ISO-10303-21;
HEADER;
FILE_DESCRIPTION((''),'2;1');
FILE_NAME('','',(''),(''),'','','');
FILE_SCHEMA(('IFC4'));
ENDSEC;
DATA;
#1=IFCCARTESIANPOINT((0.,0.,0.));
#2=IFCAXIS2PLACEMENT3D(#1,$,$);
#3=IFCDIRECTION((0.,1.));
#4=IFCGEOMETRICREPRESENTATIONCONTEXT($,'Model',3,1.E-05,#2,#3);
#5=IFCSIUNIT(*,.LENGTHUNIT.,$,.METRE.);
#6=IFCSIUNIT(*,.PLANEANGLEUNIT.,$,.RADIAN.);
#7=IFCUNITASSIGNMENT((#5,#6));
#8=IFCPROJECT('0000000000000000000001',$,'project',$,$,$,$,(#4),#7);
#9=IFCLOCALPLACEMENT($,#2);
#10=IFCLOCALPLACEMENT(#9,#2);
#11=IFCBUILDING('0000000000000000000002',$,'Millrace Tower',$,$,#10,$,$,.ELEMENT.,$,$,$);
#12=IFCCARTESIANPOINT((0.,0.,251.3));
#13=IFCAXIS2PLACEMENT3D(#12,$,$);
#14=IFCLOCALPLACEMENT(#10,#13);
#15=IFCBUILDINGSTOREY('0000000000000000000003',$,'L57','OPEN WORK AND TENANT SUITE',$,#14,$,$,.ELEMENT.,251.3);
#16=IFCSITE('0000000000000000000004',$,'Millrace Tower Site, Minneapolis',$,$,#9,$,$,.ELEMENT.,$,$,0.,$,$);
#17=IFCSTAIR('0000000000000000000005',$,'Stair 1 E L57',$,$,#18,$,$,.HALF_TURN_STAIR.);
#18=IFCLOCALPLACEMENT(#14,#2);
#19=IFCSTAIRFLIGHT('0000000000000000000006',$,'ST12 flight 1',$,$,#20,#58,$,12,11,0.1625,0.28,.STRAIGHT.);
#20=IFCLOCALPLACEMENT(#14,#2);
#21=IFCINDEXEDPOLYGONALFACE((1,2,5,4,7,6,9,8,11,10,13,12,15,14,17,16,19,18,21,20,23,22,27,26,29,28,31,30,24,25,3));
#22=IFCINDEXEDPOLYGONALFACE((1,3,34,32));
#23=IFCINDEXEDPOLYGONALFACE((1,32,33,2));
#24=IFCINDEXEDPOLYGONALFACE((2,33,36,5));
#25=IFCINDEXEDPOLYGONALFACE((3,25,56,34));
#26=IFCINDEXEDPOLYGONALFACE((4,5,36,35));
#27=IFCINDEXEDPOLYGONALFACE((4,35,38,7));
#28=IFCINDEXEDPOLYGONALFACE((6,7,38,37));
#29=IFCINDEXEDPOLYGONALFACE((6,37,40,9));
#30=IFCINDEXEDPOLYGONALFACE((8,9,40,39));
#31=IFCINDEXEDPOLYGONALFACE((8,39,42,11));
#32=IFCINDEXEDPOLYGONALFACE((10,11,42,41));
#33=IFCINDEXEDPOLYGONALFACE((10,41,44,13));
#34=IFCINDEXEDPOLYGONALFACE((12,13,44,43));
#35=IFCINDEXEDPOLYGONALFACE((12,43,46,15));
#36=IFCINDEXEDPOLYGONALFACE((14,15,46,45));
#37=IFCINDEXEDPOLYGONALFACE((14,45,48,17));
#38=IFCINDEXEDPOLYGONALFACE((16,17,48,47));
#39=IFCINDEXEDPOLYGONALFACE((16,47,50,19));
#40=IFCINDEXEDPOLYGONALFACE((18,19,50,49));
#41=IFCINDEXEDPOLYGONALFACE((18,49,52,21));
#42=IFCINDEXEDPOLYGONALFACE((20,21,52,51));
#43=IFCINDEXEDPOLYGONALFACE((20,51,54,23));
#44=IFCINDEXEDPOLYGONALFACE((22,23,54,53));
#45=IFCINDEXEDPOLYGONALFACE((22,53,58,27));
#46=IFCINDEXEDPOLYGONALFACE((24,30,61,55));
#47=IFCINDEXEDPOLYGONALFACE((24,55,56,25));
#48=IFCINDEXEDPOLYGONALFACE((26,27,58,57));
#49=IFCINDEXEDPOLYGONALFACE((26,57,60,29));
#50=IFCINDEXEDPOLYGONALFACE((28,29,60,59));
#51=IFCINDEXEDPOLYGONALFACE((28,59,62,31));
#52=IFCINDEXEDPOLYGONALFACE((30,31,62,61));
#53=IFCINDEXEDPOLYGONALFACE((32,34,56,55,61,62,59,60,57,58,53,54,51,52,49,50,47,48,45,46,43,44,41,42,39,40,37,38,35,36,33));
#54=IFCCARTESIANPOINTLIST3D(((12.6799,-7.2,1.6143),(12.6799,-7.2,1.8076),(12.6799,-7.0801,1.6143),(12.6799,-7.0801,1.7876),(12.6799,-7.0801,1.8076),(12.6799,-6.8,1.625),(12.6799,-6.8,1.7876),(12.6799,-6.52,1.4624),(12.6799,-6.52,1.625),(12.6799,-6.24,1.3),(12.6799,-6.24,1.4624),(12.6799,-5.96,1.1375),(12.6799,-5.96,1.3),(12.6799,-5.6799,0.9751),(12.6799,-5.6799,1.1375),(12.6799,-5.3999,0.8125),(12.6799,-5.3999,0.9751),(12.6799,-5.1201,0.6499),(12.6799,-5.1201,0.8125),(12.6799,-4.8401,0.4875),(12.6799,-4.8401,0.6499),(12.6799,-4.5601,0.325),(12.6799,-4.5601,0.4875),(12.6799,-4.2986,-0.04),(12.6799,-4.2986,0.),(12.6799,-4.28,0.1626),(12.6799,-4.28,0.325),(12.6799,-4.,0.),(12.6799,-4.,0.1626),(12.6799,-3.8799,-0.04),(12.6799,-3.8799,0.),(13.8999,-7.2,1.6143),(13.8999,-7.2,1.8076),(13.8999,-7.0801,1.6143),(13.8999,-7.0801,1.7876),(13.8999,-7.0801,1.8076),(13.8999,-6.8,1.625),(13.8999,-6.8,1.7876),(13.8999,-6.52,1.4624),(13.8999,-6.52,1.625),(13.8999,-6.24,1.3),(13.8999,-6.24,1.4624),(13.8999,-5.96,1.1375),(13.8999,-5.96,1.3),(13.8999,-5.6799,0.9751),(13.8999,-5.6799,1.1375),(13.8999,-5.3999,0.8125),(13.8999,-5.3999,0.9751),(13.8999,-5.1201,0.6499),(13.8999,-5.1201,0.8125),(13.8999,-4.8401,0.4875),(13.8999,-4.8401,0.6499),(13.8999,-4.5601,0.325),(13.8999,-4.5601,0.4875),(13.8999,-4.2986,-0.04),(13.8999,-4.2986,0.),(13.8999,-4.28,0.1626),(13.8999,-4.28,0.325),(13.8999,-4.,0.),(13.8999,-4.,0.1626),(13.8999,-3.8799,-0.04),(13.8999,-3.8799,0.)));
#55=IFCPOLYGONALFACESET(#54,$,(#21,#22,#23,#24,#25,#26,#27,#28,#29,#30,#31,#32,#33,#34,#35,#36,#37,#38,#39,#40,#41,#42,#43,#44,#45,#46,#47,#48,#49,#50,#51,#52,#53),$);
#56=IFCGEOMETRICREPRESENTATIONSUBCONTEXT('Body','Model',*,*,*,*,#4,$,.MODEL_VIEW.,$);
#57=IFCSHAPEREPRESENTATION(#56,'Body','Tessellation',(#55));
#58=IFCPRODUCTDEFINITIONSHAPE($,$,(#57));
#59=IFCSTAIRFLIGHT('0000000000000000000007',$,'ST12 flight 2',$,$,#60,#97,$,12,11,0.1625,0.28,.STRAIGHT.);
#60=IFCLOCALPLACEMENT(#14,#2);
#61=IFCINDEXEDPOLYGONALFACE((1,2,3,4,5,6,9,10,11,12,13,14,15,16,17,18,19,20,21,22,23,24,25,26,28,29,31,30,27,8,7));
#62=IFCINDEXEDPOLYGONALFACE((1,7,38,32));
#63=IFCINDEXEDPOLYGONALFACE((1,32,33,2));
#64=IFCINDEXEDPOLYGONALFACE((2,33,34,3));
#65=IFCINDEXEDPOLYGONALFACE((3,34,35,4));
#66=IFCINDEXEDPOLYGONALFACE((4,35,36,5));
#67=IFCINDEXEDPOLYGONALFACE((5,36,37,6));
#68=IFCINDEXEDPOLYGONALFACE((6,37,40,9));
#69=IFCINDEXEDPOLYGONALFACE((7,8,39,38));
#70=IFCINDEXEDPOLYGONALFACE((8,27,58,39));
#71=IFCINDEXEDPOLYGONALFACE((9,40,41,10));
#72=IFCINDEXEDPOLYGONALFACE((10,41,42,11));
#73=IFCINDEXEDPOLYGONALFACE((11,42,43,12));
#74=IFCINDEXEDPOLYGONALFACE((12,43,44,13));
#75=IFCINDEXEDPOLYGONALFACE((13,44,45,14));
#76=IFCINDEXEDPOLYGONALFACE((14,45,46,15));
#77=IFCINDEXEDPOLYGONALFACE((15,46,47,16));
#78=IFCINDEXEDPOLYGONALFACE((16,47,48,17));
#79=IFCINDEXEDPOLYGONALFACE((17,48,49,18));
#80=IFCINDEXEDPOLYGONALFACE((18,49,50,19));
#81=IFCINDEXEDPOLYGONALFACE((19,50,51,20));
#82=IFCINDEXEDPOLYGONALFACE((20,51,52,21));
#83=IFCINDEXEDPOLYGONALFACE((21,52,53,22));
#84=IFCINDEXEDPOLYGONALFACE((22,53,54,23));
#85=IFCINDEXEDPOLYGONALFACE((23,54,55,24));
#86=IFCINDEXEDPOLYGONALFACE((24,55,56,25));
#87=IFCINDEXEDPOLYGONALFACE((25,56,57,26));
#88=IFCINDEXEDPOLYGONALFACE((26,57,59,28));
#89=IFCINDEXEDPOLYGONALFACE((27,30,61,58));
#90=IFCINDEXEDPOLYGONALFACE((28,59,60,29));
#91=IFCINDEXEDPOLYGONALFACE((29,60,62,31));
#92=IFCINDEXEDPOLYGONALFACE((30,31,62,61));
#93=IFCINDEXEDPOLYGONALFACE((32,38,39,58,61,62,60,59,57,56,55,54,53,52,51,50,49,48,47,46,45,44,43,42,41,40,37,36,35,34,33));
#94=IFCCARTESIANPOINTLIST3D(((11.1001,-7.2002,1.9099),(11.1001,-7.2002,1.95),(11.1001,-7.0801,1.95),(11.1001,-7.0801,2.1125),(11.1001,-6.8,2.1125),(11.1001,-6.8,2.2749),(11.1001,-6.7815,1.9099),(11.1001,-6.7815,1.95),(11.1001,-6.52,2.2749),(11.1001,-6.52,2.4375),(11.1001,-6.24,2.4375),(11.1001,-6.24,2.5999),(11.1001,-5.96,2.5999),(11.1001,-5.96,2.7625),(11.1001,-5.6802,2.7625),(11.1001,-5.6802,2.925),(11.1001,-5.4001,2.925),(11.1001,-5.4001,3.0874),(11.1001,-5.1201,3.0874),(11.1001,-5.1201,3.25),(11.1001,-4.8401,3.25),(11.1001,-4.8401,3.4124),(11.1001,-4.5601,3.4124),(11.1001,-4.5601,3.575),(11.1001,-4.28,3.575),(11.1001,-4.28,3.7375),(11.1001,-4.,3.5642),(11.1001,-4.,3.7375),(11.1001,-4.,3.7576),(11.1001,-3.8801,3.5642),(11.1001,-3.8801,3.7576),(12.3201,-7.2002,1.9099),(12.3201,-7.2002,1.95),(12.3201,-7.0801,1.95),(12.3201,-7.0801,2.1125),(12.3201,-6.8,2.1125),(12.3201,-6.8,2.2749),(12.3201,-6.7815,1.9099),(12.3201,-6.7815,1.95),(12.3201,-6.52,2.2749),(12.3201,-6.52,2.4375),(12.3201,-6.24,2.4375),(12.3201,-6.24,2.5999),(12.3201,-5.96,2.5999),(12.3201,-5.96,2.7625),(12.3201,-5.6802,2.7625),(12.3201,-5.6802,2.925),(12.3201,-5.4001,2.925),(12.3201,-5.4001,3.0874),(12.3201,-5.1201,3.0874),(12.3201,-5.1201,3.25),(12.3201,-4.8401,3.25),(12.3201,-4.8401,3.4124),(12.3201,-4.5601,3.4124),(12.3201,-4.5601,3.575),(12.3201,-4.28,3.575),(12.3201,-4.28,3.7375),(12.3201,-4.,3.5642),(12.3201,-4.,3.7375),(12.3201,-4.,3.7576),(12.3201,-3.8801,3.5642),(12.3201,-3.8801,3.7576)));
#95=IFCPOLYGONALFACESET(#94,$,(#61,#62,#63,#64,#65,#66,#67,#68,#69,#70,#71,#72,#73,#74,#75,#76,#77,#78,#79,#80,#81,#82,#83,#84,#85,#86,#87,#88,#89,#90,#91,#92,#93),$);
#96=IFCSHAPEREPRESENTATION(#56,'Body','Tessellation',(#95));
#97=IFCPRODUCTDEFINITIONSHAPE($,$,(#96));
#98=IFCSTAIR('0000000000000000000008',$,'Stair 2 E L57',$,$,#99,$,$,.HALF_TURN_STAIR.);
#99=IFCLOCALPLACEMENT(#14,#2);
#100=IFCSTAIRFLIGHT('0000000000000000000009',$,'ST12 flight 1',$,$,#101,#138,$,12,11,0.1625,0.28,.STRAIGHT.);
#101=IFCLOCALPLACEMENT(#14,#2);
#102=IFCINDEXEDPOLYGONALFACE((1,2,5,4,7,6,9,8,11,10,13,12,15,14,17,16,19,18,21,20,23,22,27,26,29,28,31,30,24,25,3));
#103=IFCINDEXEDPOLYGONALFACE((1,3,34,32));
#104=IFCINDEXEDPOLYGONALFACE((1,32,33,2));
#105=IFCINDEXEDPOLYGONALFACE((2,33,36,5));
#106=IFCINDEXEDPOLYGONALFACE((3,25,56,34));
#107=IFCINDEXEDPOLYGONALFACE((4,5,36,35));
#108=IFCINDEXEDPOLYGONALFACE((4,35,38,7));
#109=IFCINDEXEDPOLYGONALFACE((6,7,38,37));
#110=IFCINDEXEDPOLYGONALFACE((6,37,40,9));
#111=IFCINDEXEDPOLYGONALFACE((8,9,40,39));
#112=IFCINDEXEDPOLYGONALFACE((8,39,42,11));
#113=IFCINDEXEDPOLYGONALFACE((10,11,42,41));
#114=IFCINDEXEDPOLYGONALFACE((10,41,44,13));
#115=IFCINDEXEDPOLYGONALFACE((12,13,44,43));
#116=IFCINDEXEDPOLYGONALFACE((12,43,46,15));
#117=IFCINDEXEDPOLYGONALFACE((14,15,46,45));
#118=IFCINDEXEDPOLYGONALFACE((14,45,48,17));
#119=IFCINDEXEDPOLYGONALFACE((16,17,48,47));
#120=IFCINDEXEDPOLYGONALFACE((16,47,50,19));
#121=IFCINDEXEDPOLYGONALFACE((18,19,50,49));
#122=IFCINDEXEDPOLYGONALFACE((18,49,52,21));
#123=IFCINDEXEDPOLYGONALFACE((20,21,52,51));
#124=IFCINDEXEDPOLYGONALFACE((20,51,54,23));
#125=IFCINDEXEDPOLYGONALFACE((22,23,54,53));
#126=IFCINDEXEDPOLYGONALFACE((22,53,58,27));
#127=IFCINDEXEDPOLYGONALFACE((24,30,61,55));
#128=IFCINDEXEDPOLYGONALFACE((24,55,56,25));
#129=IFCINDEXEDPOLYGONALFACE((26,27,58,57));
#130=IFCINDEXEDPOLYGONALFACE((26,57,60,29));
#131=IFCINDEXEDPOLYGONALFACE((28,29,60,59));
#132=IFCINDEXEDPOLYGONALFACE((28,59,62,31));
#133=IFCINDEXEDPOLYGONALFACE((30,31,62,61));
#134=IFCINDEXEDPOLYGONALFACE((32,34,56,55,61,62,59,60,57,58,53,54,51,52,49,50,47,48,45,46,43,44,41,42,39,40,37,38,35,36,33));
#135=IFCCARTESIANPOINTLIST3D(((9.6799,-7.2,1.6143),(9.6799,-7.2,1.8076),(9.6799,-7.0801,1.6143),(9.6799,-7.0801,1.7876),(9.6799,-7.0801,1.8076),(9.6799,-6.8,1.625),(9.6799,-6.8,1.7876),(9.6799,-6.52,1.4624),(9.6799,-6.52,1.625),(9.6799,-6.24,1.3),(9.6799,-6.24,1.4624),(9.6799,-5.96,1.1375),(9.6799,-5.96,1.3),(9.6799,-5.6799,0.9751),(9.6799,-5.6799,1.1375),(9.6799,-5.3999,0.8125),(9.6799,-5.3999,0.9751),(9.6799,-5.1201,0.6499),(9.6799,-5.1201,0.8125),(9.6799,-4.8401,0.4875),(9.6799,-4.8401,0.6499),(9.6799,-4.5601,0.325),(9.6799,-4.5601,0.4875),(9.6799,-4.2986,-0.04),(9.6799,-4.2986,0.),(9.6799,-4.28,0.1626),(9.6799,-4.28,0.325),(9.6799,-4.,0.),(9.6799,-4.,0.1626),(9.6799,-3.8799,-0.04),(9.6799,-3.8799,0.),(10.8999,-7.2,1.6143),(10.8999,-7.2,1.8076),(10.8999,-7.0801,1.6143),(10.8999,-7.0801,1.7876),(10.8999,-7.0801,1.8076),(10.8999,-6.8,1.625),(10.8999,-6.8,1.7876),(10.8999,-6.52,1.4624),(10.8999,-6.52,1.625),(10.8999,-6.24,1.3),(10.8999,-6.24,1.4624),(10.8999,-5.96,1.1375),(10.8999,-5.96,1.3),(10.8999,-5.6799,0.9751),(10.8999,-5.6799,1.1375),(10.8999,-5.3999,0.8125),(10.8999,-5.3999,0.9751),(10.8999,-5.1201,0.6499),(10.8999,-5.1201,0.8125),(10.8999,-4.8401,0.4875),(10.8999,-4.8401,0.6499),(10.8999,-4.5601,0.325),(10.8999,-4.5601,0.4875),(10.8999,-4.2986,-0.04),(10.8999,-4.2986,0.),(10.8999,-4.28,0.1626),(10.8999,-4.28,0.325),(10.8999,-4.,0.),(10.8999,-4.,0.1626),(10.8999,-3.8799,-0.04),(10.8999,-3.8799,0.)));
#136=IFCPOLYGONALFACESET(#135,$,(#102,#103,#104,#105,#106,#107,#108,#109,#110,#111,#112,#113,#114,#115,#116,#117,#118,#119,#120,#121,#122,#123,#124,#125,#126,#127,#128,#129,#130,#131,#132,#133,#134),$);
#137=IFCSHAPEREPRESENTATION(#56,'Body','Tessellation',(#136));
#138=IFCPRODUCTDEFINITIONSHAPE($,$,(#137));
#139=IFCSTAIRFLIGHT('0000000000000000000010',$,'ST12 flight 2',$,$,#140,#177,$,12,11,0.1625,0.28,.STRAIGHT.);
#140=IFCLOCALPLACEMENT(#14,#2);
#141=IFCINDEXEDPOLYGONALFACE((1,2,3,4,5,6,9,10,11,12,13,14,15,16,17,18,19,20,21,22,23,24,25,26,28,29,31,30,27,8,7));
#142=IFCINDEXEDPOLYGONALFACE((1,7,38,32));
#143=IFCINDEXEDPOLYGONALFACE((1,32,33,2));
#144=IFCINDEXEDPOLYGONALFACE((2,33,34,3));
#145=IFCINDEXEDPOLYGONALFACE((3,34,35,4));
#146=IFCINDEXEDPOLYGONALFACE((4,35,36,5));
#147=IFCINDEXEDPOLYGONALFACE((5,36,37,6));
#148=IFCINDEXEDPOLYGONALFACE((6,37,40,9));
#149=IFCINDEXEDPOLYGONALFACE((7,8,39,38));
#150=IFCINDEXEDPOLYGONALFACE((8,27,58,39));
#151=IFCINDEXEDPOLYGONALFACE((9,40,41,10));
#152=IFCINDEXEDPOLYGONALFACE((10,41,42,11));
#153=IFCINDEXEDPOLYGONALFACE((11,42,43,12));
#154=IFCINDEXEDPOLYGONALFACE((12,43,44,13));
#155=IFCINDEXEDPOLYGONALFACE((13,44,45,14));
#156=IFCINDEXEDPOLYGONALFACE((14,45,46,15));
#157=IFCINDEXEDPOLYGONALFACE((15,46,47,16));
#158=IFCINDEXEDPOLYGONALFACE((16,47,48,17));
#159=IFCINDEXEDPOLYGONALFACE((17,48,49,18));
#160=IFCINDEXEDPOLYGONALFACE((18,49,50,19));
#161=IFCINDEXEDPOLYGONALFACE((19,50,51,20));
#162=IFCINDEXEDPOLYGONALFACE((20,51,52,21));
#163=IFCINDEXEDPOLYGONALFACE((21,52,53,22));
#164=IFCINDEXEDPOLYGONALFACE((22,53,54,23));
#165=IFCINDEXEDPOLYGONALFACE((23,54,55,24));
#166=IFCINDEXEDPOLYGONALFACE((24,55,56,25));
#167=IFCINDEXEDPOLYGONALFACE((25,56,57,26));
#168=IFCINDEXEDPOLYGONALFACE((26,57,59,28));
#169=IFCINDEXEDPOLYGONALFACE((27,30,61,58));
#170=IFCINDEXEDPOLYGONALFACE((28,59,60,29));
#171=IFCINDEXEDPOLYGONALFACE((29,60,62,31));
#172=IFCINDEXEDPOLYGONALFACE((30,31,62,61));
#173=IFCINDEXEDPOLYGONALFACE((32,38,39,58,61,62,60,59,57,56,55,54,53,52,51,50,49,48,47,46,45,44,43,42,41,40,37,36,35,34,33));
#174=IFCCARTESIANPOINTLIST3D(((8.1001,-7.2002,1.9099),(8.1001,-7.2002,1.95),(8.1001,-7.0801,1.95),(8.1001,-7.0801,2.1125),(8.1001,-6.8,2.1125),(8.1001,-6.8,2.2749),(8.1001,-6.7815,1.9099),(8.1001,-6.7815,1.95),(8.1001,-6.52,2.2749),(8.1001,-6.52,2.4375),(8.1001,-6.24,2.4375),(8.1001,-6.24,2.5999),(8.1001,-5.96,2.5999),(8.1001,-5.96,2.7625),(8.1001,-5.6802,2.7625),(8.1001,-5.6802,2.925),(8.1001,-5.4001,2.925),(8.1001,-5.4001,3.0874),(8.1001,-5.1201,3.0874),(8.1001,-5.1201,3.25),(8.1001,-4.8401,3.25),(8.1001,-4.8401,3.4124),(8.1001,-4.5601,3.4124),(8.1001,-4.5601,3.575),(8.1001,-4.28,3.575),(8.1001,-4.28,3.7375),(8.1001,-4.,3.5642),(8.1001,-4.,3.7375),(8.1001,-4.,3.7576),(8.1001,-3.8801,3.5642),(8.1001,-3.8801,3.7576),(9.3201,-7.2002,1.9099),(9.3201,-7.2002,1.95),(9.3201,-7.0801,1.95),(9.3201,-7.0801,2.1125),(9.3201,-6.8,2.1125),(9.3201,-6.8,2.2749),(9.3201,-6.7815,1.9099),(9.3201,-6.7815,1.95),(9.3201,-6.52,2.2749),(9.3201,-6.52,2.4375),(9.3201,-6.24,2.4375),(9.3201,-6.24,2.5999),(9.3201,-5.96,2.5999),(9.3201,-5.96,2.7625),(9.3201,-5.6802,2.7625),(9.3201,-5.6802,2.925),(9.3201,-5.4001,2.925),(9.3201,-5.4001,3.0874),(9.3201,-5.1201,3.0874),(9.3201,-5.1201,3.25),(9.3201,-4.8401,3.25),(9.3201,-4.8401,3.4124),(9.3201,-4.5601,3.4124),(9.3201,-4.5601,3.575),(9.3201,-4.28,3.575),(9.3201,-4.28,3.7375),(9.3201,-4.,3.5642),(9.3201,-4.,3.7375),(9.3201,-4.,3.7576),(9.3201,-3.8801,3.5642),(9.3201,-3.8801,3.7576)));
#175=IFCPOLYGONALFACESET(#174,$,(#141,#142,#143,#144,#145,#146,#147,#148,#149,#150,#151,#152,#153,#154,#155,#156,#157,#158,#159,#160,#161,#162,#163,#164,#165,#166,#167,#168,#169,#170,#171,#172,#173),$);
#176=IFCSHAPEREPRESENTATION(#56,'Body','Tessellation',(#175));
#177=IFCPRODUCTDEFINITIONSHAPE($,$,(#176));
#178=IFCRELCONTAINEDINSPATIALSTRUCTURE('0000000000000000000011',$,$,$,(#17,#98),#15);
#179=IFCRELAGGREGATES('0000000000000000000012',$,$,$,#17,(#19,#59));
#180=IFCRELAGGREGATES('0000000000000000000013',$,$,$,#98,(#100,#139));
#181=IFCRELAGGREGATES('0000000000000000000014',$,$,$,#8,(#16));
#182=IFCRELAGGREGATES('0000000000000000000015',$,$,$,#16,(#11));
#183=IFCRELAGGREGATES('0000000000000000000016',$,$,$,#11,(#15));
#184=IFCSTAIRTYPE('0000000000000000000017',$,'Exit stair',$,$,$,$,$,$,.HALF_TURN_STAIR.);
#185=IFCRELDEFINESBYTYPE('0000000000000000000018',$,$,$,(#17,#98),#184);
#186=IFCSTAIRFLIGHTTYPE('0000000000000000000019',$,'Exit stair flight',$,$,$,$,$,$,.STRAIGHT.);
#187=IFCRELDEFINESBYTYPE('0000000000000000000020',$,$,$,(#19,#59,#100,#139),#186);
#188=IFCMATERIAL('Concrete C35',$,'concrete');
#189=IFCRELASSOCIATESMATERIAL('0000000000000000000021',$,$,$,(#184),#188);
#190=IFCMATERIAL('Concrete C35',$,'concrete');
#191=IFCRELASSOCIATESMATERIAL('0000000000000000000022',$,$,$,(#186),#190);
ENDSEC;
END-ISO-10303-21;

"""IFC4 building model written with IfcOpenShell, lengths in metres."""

from ifc_helpers import new_model, si_unit, direction, frame, origin, place, context, subcontext, project, spatial, polyline, outline, extrude, material, type_object, element, aggregate, save


model = new_model("IFC4")

# Units and contexts
model_context = context("Model", 3, precision=1e-05, world=origin(), true_north=direction((0.0, 1.0)))
body_context = subcontext(model_context, "Body", "Model", "MODEL_VIEW")
ifc_project = project(units=[si_unit("LENGTHUNIT", "METRE"), si_unit("PLANEANGLEUNIT", "RADIAN")], contexts=[model_context])

# Site, building, storey
site_placement = place(None, origin())
site = spatial("IfcSite", under=ifc_project, at=site_placement, Name="Millrace Tower Site, Minneapolis", CompositionType="ELEMENT", RefElevation=0.0)
building_placement = place(site_placement, origin())
building = spatial("IfcBuilding", under=site, at=building_placement, Name="Millrace Tower", CompositionType="ELEMENT")
storey_placement = place(building_placement, frame((0.0, 0.0, 251.3)))
storey = spatial("IfcBuildingStorey", under=building, at=storey_placement, Name="L57", Description="OPEN WORK AND TENANT SUITE", CompositionType="ELEMENT", Elevation=251.3)

# Shared definitions
placement = place(storey_placement, origin())

# Stairs, stair flights
ifc_material_1 = material(Name="Concrete C35", Category="concrete")
stair_type = type_object("IfcStairType", Name="Exit stair", PredefinedType="HALF_TURN_STAIR", material=ifc_material_1)
stair_1 = element("IfcStair", 1, at=placement, inside=storey, type_object=stair_type, Name="Stair 1 E L57", PredefinedType="HALF_TURN_STAIR")
ifc_material_2 = material(Name="Concrete C35", Category="concrete")
stair_flight_type = type_object("IfcStairFlightType", Name="Exit stair flight", PredefinedType="STRAIGHT", material=ifc_material_2)
stair_flight_1_placement = place(storey_placement, frame((13.29, -4.0, 0.0), z_axis=(0.0, 0.0, 1.0), x_axis=(0.0, -1.0, 0.0)))
stair_flight_1 = element("IfcStairFlight", 2, at=stair_flight_1_placement, type_object=stair_flight_type, Name="ST12 flight 1", NumberOfRisers=12, NumberOfTreads=11, PredefinedType="STRAIGHT", RiserHeight=0.1625, TreadLength=0.28, context=body_context, shape_type="SweptSolid", body=[
    extrude(outline(polyline([(-0.1201, -0.04), (-0.1201, 0.0), (0.0, 0.0), (0.0, 0.1626), (0.28, 0.1626), (0.28, 0.325), (0.5601, 0.325), (0.5601, 0.4875), (0.8401, 0.4875), (0.8401, 0.6499), (1.1201, 0.6499), (1.1201, 0.8125), (1.3999, 0.8125), (1.3999, 0.9751), (1.6799, 0.9751), (1.6799, 1.1375), (1.96, 1.1375), (1.96, 1.3), (2.24, 1.3), (2.24, 1.4624), (2.52, 1.4624), (2.52, 1.625), (2.8, 1.625), (2.8, 1.7876), (3.0801, 1.7876), (3.0801, 1.8076), (3.2, 1.8076), (3.2, 1.6143), (3.0801, 1.6143), (0.2986, 0.0), (0.2986, -0.04), (-0.1201, -0.04)])), frame((0.0, 0.6099, 0.0), z_axis=(0.0, -1.0, 0.0), x_axis=(1.0, 0.0, 0.0)), (0.0, 0.0, 1.0), 1.22),
])
stair_flight_2_placement = place(storey_placement, frame((11.71, -7.0801, 1.95), z_axis=(0.0, 0.0, 1.0), x_axis=(0.0, 1.0, 0.0)))
stair_flight_2 = element("IfcStairFlight", 3, at=stair_flight_2_placement, type_object=stair_flight_type, Name="ST12 flight 2", NumberOfRisers=12, NumberOfTreads=11, PredefinedType="STRAIGHT", RiserHeight=0.1625, TreadLength=0.28, context=body_context, shape_type="SweptSolid", body=[
    extrude(outline(polyline([(-0.1201, -0.04), (-0.1201, 0.0), (0.0, 0.0), (0.0, 0.1626), (0.28, 0.1626), (0.28, 0.325), (0.5601, 0.325), (0.5601, 0.4875), (0.8401, 0.4875), (0.8401, 0.6499), (1.1201, 0.6499), (1.1201, 0.8125), (1.3999, 0.8125), (1.3999, 0.9751), (1.6799, 0.9751), (1.6799, 1.1375), (1.96, 1.1375), (1.96, 1.3), (2.24, 1.3), (2.24, 1.4624), (2.52, 1.4624), (2.52, 1.625), (2.8, 1.625), (2.8, 1.7876), (3.0801, 1.7876), (3.0801, 1.8076), (3.2, 1.8076), (3.2, 1.6143), (3.0801, 1.6143), (0.2986, 0.0), (0.2986, -0.04), (-0.1201, -0.04)])), frame((0.0, 0.6099, 0.0), z_axis=(0.0, -1.0, 0.0), x_axis=(1.0, 0.0, 0.0)), (0.0, 0.0, 1.0), 1.22),
])
aggregate(stair_1, [stair_flight_1, stair_flight_2])
stair_2 = element("IfcStair", 4, at=placement, inside=storey, type_object=stair_type, Name="Stair 2 E L57", PredefinedType="HALF_TURN_STAIR")
stair_flight_3_placement = place(storey_placement, frame((10.29, -4.0, 0.0), z_axis=(0.0, 0.0, 1.0), x_axis=(0.0, -1.0, 0.0)))
stair_flight_3 = element("IfcStairFlight", 5, at=stair_flight_3_placement, type_object=stair_flight_type, Name="ST12 flight 1", NumberOfRisers=12, NumberOfTreads=11, PredefinedType="STRAIGHT", RiserHeight=0.1625, TreadLength=0.28, context=body_context, shape_type="SweptSolid", body=[
    extrude(outline(polyline([(-0.1201, -0.04), (-0.1201, 0.0), (0.0, 0.0), (0.0, 0.1626), (0.28, 0.1626), (0.28, 0.325), (0.5601, 0.325), (0.5601, 0.4875), (0.8401, 0.4875), (0.8401, 0.6499), (1.1201, 0.6499), (1.1201, 0.8125), (1.3999, 0.8125), (1.3999, 0.9751), (1.6799, 0.9751), (1.6799, 1.1375), (1.96, 1.1375), (1.96, 1.3), (2.24, 1.3), (2.24, 1.4624), (2.52, 1.4624), (2.52, 1.625), (2.8, 1.625), (2.8, 1.7876), (3.0801, 1.7876), (3.0801, 1.8076), (3.2, 1.8076), (3.2, 1.6143), (3.0801, 1.6143), (0.2986, 0.0), (0.2986, -0.04), (-0.1201, -0.04)])), frame((0.0, 0.6099, 0.0), z_axis=(0.0, -1.0, 0.0), x_axis=(1.0, 0.0, 0.0)), (0.0, 0.0, 1.0), 1.22),
])
stair_flight_4_placement = place(storey_placement, frame((8.71, -7.0801, 1.95), z_axis=(0.0, 0.0, 1.0), x_axis=(0.0, 1.0, 0.0)))
stair_flight_4 = element("IfcStairFlight", 6, at=stair_flight_4_placement, type_object=stair_flight_type, Name="ST12 flight 2", NumberOfRisers=12, NumberOfTreads=11, PredefinedType="STRAIGHT", RiserHeight=0.1625, TreadLength=0.28, context=body_context, shape_type="SweptSolid", body=[
    extrude(outline(polyline([(-0.1201, -0.04), (-0.1201, 0.0), (0.0, 0.0), (0.0, 0.1626), (0.28, 0.1626), (0.28, 0.325), (0.5601, 0.325), (0.5601, 0.4875), (0.8401, 0.4875), (0.8401, 0.6499), (1.1201, 0.6499), (1.1201, 0.8125), (1.3999, 0.8125), (1.3999, 0.9751), (1.6799, 0.9751), (1.6799, 1.1375), (1.96, 1.1375), (1.96, 1.3), (2.24, 1.3), (2.24, 1.4624), (2.52, 1.4624), (2.52, 1.625), (2.8, 1.625), (2.8, 1.7876), (3.0801, 1.7876), (3.0801, 1.8076), (3.2, 1.8076), (3.2, 1.6143), (3.0801, 1.6143), (0.2986, 0.0), (0.2986, -0.04), (-0.1201, -0.04)])), frame((0.0, 0.6099, 0.0), z_axis=(0.0, -1.0, 0.0), x_axis=(1.0, 0.0, 0.0)), (0.0, 0.0, 1.0), 1.22),
])
aggregate(stair_2, [stair_flight_3, stair_flight_4])

save(model, "model.ifc")
